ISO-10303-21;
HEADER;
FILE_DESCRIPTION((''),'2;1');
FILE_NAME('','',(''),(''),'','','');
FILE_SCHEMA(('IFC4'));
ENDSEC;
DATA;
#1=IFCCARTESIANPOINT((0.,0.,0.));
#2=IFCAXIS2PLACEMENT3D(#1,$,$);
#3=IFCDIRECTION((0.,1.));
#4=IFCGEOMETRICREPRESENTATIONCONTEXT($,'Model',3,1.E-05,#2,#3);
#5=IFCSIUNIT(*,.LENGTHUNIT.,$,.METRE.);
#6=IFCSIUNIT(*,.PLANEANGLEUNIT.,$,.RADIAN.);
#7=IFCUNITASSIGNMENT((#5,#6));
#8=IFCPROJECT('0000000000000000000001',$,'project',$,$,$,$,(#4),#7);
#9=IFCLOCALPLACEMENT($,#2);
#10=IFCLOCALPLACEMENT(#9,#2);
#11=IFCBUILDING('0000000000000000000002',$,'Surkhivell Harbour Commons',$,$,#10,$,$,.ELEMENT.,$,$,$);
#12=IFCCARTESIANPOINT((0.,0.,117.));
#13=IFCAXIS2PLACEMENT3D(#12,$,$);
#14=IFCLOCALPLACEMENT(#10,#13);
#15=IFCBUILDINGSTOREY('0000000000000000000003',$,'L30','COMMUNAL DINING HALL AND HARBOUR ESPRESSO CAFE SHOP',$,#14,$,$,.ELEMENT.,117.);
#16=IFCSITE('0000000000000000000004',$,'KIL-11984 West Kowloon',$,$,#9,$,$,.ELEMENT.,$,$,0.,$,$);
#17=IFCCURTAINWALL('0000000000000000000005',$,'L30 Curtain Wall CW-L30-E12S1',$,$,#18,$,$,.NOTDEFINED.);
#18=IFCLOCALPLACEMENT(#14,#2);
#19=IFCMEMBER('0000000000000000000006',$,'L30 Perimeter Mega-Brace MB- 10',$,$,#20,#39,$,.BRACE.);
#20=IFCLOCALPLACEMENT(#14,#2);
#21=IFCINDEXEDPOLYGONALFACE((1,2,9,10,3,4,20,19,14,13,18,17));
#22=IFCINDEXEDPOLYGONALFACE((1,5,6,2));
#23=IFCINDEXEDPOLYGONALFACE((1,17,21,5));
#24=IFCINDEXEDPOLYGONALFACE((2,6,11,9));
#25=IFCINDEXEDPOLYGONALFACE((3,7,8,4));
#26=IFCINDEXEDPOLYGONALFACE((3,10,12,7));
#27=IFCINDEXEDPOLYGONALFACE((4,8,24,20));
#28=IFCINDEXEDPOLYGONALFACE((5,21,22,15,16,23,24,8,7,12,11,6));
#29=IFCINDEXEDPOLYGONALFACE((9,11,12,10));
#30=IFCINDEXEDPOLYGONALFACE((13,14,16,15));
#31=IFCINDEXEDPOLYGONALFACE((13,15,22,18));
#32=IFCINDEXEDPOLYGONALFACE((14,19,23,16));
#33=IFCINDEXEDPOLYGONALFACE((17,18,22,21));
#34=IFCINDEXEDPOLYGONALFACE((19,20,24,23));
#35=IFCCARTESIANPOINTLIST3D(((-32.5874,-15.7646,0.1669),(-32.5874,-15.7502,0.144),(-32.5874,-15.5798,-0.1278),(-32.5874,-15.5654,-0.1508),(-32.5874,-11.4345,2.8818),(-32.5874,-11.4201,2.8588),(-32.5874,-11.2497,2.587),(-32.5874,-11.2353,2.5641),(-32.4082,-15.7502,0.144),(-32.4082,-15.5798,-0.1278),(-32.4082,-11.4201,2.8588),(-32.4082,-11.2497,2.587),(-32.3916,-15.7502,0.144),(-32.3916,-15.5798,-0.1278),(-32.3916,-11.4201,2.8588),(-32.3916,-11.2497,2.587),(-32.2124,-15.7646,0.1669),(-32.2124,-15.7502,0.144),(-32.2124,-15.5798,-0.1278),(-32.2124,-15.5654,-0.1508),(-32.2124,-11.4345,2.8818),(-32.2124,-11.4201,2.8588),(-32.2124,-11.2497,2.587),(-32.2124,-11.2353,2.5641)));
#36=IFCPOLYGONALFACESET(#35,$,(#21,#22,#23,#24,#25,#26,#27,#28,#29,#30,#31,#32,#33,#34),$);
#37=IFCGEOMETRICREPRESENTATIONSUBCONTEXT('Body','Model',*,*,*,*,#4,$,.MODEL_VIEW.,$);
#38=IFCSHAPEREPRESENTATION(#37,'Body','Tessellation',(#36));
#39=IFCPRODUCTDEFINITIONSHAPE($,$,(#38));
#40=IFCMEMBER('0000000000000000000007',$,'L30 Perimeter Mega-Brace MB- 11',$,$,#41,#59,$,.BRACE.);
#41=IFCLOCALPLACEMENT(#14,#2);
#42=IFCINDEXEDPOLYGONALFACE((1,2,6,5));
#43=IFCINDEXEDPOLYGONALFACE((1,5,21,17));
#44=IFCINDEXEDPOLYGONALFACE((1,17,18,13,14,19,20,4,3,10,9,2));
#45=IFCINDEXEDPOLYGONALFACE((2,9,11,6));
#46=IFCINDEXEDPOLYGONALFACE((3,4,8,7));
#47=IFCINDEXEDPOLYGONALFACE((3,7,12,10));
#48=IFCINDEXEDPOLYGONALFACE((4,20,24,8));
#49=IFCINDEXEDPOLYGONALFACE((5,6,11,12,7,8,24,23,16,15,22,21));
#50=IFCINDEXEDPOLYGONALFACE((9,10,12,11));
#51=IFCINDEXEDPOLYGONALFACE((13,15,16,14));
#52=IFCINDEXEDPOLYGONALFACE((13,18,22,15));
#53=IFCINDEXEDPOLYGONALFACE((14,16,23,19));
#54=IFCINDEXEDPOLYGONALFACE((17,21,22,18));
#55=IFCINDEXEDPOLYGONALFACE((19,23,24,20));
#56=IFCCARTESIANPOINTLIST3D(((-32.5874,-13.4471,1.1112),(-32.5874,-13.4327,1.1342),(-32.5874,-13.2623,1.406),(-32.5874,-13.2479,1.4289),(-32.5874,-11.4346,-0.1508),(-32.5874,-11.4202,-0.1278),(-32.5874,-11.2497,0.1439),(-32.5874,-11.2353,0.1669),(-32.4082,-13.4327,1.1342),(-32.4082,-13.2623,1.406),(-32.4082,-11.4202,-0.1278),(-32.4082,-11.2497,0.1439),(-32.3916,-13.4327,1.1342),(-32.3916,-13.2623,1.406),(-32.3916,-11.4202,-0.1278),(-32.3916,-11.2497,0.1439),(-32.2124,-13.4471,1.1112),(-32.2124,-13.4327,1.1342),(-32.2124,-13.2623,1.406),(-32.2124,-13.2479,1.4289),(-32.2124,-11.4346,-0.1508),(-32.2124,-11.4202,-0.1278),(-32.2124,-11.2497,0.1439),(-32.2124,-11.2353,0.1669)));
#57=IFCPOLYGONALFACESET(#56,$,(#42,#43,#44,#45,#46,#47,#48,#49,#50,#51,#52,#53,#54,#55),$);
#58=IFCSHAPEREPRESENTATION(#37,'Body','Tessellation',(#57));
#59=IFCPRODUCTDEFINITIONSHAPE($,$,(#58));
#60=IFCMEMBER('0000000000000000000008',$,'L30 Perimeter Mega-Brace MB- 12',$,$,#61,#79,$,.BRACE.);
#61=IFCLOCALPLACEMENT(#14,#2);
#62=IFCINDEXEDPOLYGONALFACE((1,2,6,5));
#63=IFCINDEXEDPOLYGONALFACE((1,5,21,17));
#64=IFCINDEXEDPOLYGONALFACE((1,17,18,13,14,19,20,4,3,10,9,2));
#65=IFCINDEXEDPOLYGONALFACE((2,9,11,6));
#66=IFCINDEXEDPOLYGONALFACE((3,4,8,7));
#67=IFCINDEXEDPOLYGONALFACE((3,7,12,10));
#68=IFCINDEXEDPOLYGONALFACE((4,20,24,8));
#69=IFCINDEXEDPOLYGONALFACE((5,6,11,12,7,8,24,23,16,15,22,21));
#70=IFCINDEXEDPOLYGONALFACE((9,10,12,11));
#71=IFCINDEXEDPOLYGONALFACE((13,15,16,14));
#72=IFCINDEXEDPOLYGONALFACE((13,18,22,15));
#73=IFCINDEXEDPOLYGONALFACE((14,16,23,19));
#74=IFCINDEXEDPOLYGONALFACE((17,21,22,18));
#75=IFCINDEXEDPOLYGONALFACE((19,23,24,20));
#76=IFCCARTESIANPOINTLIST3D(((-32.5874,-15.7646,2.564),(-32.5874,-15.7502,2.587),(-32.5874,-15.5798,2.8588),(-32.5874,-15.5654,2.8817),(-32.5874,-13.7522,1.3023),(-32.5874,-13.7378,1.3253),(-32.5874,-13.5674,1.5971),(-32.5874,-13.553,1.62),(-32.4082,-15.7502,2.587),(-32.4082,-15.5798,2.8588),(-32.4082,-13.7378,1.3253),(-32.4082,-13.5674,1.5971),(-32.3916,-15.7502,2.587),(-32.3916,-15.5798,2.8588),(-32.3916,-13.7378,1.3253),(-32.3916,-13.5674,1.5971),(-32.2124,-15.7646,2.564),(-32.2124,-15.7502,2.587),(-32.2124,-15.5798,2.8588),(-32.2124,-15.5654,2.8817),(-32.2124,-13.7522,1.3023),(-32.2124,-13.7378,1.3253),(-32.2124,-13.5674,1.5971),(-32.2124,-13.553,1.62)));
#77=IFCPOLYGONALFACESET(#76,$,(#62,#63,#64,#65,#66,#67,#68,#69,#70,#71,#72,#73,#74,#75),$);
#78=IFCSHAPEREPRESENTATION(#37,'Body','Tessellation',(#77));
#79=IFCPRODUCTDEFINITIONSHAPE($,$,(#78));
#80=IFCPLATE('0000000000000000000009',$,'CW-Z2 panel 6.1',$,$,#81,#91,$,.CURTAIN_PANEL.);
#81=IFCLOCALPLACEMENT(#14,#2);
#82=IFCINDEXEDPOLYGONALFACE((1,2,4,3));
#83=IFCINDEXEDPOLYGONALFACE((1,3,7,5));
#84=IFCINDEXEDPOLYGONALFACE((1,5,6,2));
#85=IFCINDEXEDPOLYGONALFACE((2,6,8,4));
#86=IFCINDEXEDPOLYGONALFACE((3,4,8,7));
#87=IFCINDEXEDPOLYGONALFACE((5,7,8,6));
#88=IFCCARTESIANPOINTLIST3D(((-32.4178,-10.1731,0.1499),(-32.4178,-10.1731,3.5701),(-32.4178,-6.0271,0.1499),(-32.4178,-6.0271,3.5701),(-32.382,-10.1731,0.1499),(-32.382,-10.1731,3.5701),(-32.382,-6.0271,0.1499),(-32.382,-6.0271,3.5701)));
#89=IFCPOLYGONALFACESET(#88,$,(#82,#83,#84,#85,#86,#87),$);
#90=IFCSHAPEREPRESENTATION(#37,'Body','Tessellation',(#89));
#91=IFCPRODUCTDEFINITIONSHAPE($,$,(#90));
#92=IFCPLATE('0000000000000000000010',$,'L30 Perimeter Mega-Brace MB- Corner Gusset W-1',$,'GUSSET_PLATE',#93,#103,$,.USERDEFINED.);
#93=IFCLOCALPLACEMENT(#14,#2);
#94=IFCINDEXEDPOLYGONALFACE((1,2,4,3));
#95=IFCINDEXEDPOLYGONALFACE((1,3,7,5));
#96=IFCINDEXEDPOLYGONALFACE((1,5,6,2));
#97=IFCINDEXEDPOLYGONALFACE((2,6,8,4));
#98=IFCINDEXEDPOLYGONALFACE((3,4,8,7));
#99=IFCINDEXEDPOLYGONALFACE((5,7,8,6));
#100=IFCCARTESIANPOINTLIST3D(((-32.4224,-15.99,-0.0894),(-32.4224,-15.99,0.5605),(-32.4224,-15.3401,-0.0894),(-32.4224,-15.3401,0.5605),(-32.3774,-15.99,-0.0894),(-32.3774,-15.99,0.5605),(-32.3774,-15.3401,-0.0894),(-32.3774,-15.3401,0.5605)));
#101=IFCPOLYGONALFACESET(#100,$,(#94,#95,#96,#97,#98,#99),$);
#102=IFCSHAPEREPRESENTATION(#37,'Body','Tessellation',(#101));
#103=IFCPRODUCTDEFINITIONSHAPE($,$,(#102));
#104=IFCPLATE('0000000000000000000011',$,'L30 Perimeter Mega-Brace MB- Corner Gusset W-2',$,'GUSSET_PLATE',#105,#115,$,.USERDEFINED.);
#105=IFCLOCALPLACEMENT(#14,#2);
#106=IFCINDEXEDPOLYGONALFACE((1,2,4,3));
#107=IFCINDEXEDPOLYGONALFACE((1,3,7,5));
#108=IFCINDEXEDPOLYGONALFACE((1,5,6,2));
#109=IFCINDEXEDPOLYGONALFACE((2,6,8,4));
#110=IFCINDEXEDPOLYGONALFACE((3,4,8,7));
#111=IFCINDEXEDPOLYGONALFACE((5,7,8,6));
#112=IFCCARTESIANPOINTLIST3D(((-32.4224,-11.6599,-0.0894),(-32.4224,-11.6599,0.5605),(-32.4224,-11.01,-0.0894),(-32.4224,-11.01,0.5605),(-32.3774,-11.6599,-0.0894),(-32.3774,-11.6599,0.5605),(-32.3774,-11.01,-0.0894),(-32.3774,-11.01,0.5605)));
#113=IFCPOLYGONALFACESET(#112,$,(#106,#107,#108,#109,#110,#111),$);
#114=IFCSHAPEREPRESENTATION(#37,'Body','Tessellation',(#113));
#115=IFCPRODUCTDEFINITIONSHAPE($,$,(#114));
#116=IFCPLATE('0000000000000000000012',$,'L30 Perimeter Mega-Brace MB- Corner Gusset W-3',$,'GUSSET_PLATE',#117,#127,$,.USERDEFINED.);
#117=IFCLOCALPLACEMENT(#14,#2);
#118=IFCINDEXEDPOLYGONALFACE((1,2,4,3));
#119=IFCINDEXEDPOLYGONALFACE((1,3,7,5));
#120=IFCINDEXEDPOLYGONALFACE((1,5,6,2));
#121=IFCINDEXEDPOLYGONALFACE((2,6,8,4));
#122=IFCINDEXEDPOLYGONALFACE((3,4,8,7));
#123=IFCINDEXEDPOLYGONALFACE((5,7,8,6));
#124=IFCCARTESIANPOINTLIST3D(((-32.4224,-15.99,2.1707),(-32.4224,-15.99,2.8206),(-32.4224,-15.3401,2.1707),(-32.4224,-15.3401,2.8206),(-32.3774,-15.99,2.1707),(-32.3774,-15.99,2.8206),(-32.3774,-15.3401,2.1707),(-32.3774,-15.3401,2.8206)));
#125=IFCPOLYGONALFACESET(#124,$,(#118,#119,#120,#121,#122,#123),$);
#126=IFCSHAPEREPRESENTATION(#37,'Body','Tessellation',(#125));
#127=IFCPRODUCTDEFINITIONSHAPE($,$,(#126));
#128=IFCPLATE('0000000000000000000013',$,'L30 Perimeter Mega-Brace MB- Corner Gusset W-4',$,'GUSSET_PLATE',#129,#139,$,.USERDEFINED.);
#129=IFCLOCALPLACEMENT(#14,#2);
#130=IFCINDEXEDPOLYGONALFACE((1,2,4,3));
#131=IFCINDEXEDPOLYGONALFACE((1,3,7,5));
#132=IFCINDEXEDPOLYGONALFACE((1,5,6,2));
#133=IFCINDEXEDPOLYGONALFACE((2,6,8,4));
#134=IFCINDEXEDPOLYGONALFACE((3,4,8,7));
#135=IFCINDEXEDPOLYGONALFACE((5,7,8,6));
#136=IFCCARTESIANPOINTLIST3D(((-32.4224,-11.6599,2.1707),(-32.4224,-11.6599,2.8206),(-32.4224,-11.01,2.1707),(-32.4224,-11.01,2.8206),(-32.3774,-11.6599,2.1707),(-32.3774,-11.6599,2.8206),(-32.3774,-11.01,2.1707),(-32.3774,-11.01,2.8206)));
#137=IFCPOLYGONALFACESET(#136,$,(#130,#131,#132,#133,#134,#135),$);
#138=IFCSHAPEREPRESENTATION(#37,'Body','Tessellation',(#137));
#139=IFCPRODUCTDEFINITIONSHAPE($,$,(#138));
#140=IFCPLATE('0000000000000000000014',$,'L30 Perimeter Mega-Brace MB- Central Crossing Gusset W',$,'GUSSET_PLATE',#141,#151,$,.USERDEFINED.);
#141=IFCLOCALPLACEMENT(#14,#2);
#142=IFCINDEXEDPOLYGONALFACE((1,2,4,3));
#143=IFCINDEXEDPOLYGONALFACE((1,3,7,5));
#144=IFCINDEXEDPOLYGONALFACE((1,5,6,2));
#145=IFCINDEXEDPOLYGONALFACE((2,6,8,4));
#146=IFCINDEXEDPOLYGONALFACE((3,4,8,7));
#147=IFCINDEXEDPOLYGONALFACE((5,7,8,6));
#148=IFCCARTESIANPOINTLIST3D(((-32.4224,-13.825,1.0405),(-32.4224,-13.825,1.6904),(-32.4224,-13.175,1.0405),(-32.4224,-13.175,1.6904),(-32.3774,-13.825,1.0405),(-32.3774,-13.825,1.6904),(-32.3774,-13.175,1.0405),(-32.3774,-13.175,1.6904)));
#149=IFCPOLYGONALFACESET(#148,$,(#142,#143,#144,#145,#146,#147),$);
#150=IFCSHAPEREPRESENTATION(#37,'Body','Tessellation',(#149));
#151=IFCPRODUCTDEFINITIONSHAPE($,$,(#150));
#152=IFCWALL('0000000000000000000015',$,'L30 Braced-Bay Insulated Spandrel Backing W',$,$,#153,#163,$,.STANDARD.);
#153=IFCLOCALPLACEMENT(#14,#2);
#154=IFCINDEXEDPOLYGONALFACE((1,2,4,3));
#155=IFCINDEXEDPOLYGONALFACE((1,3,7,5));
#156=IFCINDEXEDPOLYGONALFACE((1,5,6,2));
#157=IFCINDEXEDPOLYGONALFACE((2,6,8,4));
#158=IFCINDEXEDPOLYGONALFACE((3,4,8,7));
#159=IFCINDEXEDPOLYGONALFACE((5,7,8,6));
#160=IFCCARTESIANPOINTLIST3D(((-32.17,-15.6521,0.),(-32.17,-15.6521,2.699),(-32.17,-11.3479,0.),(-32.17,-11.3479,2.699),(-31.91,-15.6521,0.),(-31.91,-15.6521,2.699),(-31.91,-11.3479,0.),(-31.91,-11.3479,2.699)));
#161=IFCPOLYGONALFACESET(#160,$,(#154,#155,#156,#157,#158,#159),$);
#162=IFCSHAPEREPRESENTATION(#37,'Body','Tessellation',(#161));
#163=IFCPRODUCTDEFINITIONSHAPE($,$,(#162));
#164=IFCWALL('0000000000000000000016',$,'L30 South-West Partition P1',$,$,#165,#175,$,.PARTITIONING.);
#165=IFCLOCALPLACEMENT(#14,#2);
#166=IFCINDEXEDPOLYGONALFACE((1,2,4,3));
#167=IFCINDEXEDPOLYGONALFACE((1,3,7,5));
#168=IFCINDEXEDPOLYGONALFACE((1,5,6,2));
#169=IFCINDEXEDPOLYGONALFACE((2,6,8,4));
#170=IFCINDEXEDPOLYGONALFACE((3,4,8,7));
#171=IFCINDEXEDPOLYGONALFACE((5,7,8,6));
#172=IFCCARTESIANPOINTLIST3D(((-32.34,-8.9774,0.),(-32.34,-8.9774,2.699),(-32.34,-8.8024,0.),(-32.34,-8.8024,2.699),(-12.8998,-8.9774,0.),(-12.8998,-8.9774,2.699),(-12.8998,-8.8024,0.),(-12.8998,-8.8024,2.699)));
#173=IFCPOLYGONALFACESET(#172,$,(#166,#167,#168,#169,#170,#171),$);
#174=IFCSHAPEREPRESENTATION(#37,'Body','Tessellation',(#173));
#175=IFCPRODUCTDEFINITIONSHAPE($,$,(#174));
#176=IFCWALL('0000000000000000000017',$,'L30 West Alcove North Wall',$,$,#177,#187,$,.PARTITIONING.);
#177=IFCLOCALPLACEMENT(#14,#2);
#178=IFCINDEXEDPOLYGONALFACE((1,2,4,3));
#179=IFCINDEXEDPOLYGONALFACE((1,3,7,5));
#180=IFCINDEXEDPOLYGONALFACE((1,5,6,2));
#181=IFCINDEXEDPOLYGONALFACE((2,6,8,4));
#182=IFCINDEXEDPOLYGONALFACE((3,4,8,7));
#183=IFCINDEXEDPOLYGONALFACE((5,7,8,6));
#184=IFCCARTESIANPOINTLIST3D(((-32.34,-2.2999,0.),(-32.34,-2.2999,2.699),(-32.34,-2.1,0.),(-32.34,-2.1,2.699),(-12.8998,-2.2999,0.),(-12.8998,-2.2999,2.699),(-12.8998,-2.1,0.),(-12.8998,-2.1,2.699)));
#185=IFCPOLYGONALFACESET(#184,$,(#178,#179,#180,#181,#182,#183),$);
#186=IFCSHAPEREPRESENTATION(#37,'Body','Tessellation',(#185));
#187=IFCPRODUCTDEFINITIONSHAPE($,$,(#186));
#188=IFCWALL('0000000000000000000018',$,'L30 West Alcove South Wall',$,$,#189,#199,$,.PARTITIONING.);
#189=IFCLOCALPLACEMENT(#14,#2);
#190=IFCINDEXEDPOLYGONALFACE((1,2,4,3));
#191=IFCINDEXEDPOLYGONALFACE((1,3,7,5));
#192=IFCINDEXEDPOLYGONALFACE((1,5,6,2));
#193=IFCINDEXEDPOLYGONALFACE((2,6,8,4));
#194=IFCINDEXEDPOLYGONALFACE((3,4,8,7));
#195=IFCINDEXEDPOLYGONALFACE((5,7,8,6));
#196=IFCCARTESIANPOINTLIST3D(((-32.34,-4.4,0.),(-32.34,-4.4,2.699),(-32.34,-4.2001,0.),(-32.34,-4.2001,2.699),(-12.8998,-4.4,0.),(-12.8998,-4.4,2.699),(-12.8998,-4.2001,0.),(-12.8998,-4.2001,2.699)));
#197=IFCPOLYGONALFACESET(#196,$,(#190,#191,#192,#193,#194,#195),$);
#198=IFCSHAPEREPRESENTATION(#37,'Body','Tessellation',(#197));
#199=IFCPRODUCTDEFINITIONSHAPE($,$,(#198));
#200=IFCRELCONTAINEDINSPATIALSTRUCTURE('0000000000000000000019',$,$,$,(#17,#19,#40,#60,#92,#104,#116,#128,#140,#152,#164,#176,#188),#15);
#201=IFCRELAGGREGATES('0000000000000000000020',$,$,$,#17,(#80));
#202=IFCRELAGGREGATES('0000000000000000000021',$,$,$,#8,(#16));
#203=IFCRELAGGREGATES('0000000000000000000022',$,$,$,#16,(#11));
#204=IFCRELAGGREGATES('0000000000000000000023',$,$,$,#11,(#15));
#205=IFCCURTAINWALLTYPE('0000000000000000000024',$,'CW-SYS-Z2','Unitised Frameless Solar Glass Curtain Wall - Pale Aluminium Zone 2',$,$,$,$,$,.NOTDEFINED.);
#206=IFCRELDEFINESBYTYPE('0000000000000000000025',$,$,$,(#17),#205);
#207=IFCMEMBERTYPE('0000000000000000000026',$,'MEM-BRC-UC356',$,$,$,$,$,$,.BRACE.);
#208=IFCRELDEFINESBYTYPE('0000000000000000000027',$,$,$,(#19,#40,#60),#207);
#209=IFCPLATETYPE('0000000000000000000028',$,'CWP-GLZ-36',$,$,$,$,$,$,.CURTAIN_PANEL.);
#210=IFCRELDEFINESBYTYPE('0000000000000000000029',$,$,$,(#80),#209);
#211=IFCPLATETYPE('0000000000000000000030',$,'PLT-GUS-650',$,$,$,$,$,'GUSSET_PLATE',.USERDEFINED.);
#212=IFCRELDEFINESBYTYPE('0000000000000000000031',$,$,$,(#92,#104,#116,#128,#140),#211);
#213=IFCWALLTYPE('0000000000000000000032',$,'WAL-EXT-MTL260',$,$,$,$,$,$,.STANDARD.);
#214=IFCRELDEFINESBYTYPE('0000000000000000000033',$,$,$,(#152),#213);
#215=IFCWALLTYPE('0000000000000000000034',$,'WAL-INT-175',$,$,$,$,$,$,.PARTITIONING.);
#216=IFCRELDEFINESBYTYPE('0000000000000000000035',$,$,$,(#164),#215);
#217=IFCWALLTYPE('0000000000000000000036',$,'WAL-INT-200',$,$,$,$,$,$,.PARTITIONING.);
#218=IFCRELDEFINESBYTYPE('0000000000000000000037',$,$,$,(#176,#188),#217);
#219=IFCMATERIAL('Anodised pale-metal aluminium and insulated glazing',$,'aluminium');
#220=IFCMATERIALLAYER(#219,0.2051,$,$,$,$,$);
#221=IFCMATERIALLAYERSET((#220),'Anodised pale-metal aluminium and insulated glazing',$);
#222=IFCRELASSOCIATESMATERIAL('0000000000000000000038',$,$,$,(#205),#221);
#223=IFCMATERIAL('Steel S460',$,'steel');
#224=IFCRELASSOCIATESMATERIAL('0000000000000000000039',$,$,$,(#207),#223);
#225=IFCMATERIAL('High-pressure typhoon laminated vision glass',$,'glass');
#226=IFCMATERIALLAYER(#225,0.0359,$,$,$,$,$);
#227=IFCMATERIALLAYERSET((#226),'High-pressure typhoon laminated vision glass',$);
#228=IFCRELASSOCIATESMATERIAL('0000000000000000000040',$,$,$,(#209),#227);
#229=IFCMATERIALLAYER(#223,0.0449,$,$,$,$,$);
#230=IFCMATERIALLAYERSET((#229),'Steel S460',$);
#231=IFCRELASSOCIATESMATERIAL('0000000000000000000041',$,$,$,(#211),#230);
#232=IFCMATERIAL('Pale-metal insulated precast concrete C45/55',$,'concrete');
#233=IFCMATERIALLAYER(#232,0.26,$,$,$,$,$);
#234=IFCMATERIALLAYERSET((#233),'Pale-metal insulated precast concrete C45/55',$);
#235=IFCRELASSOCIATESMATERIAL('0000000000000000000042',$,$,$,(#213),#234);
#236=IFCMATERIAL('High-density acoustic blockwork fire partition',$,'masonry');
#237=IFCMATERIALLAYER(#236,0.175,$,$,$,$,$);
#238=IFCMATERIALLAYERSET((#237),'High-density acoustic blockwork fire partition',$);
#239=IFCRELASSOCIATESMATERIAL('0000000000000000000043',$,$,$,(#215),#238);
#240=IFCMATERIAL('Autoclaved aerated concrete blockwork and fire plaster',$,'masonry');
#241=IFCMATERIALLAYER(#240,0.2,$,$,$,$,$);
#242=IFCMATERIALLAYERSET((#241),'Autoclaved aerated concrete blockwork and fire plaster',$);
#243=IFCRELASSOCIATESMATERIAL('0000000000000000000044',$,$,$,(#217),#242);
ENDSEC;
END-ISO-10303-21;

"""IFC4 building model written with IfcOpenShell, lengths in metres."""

from ifc_helpers import new_model, si_unit, direction, frame, frame_2d, origin, origin_2d, place, context, subcontext, project, spatial, rectangle, i_section, extrude, material, layer, layer_set, material_profile, profile_set, type_object, element, aggregate, save


model = new_model("IFC4")

# Units and contexts
model_context = context("Model", 3, precision=1e-05, world=origin(), true_north=direction((0.0, 1.0)))
body_context = subcontext(model_context, "Body", "Model", "MODEL_VIEW")
ifc_project = project(units=[si_unit("LENGTHUNIT", "METRE"), si_unit("PLANEANGLEUNIT", "RADIAN")], contexts=[model_context])

# Site, building, storey
site_placement = place(None, origin())
site = spatial("IfcSite", under=ifc_project, at=site_placement, Name="KIL-11984 West Kowloon", CompositionType="ELEMENT", RefElevation=0.0)
building_placement = place(site_placement, origin())
building = spatial("IfcBuilding", under=site, at=building_placement, Name="Surkhivell Harbour Commons", CompositionType="ELEMENT")
storey_placement = place(building_placement, frame((0.0, 0.0, 117.0)))
storey = spatial("IfcBuildingStorey", under=building, at=storey_placement, Name="L30", Description="COMMUNAL DINING HALL AND HARBOUR ESPRESSO CAFE SHOP", CompositionType="ELEMENT", Elevation=117.0)

# Shared definitions
ifc_material_1 = material(Name="Steel S460", Category="steel")

# Curtain wall
ifc_material_2 = material(Name="Anodised pale-metal aluminium and insulated glazing", Category="aluminium")
ifc_layer_1 = layer(ifc_material_2, 0.2051)
ifc_layer_set_1 = layer_set([ifc_layer_1], Name="Anodised pale-metal aluminium and insulated glazing")
curtain_wall_type = type_object("IfcCurtainWallType", Name="CW-SYS-Z2", Description="Unitised Frameless Solar Glass Curtain Wall - Pale Aluminium Zone 2", PredefinedType="NOTDEFINED", material=ifc_layer_set_1)
curtain_wall_placement = place(storey_placement, origin())
curtain_wall = element("IfcCurtainWall", 1, at=curtain_wall_placement, inside=storey, type_object=curtain_wall_type, Name="L30 Curtain Wall CW-L30-E12S1", PredefinedType="NOTDEFINED")

# Members
ifc_material_profile_1 = material_profile(ifc_material_1, i_section(OverallWidth=0.375, OverallDepth=0.375, WebThickness=0.0166, FlangeThickness=0.0271, at=origin_2d()), Name="UC356x368x202")
ifc_profile_set_1 = profile_set([ifc_material_profile_1], Name="Steel S460")
member_type_1 = type_object("IfcMemberType", Name="MEM-BRC-UC356", PredefinedType="BRACE", material=ifc_profile_set_1)
member_1_placement = place(storey_placement, frame((-32.3999, -15.665, 0.0081), z_axis=(0.0, 0.847246, 0.531201), x_axis=(-1.0, 0.0, 0.0)))
element("IfcMember", 2, at=member_1_placement, inside=storey, type_object=member_type_1, Name="L30 Perimeter Mega-Brace MB- 10", PredefinedType="BRACE", context=body_context, shape_type="SweptSolid", body=[
    extrude(i_section(OverallWidth=0.375, OverallDepth=0.375, WebThickness=0.0166, FlangeThickness=0.0271, at=origin_2d()), origin(), (0.0, 0.0, 1.0), 5.1108),
])
member_2_placement = place(storey_placement, frame((-32.3999, -11.335, 0.0081), z_axis=(0.0, -0.847206, 0.531264), x_axis=(1.0, 0.0, 0.0)))
element("IfcMember", 3, at=member_2_placement, inside=storey, type_object=member_type_1, Name="L30 Perimeter Mega-Brace MB- 11", PredefinedType="BRACE", context=body_context, shape_type="SweptSolid", body=[
    extrude(i_section(OverallWidth=0.375, OverallDepth=0.375, WebThickness=0.0166, FlangeThickness=0.0271, at=origin_2d()), origin(), (0.0, 0.0, 1.0), 2.3755),
])
member_3_placement = place(storey_placement, frame((-32.3999, -13.6526, 1.4612), z_axis=(0.0, -0.847253, 0.53119), x_axis=(1.0, 0.0, 0.0)))
element("IfcMember", 4, at=member_3_placement, inside=storey, type_object=member_type_1, Name="L30 Perimeter Mega-Brace MB- 12", PredefinedType="BRACE", context=body_context, shape_type="SweptSolid", body=[
    extrude(i_section(OverallWidth=0.375, OverallDepth=0.375, WebThickness=0.0166, FlangeThickness=0.0271, at=origin_2d()), origin(), (0.0, 0.0, 1.0), 2.3752),
])

# Plate
ifc_material_3 = material(Name="High-pressure typhoon laminated vision glass", Category="glass")
ifc_layer_2 = layer(ifc_material_3, 0.0359)
ifc_layer_set_2 = layer_set([ifc_layer_2], Name="High-pressure typhoon laminated vision glass")
plate_type_1 = type_object("IfcPlateType", Name="CWP-GLZ-36", PredefinedType="CURTAIN_PANEL", material=ifc_layer_set_2)
plate_placement = place(storey_placement, frame((-32.3999, -6.0271, 0.1499), z_axis=(0.0, 0.0, 1.0), x_axis=(0.0, -1.0, 0.0)))
plate = element("IfcPlate", 5, at=plate_placement, type_object=plate_type_1, Name="CW-Z2 panel 6.1", PredefinedType="CURTAIN_PANEL", context=body_context, shape_type="SweptSolid", body=[
    extrude(rectangle(XDim=4.146, YDim=0.0359, at=frame_2d((2.073, 0.0))), origin(), (0.0, 0.0, 1.0), 3.4202),
])
aggregate(curtain_wall, [plate])

# Plates
ifc_layer_3 = layer(ifc_material_1, 0.0449)
ifc_layer_set_3 = layer_set([ifc_layer_3], Name="Steel S460")
plate_type_2 = type_object("IfcPlateType", Name="PLT-GUS-650", ElementType="GUSSET_PLATE", PredefinedType="USERDEFINED", material=ifc_layer_set_3)
for number, where, z_axis, x_axis, name in (
    (6, (-32.3999, -15.665, -0.0894), (0.0, 0.0, 1.0), (0.0, 1.0, 0.0), "L30 Perimeter Mega-Brace MB- Corner Gusset W-1"),
    (7, (-32.3999, -11.335, -0.0894), (0.0, 0.0, 1.0), (0.0, 1.0, 0.0), "L30 Perimeter Mega-Brace MB- Corner Gusset W-2"),
    (8, (-32.3999, -15.665, 2.1707), (0.0, 0.0, 1.0), (0.0, 1.0, 0.0), "L30 Perimeter Mega-Brace MB- Corner Gusset W-3"),
    (9, (-32.3999, -11.335, 2.1707), (0.0, 0.0, 1.0), (0.0, 1.0, 0.0), "L30 Perimeter Mega-Brace MB- Corner Gusset W-4"),
    (10, (-32.3999, -13.5, 1.0405), (0.0, 0.0, 1.0), (0.0, 1.0, 0.0), "L30 Perimeter Mega-Brace MB- Central Crossing Gusset W"),
):
    element("IfcPlate", number, at=place(storey_placement, frame(where, z_axis=z_axis, x_axis=x_axis)), inside=storey, type_object=plate_type_2, Name=name, ObjectType="GUSSET_PLATE", PredefinedType="USERDEFINED", context=body_context, shape_type="SweptSolid", body=[
        extrude(rectangle(XDim=0.6499, YDim=0.0449, at=origin_2d()), origin(), (0.0, 0.0, 1.0), 0.6499),
    ])

# Walls
ifc_material_4 = material(Name="Pale-metal insulated precast concrete C45/55", Category="concrete")
ifc_layer_4 = layer(ifc_material_4, 0.26)
ifc_layer_set_4 = layer_set([ifc_layer_4], Name="Pale-metal insulated precast concrete C45/55")
wall_type_1 = type_object("IfcWallType", Name="WAL-EXT-MTL260", PredefinedType="STANDARD", material=ifc_layer_set_4)
wall_1_placement = place(storey_placement, frame((-32.04, -11.3479, 0.0), z_axis=(0.0, 0.0, 1.0), x_axis=(0.0, -1.0, 0.0)))
element("IfcWall", 11, at=wall_1_placement, inside=storey, type_object=wall_type_1, Name="L30 Braced-Bay Insulated Spandrel Backing W", PredefinedType="STANDARD", context=body_context, shape_type="SweptSolid", body=[
    extrude(rectangle(XDim=4.3042, YDim=0.26, at=frame_2d((2.1521, 0.0))), origin(), (0.0, 0.0, 1.0), 2.699),
])
ifc_material_5 = material(Name="High-density acoustic blockwork fire partition", Category="masonry")
ifc_layer_5 = layer(ifc_material_5, 0.175)
ifc_layer_set_5 = layer_set([ifc_layer_5], Name="High-density acoustic blockwork fire partition")
wall_type_2 = type_object("IfcWallType", Name="WAL-INT-175", PredefinedType="PARTITIONING", material=ifc_layer_set_5)
wall_2_placement = place(storey_placement, frame((-32.3401, -8.8899, 0.0), z_axis=(0.0, 0.0, 1.0), x_axis=(1.0, 0.0, 0.0)))
element("IfcWall", 12, at=wall_2_placement, inside=storey, type_object=wall_type_2, Name="L30 South-West Partition P1", PredefinedType="PARTITIONING", context=body_context, shape_type="SweptSolid", body=[
    extrude(rectangle(XDim=19.4402, YDim=0.175, at=frame_2d((9.7202, 0.0))), origin(), (0.0, 0.0, 1.0), 2.699),
])
ifc_material_6 = material(Name="Autoclaved aerated concrete blockwork and fire plaster", Category="masonry")
ifc_layer_6 = layer(ifc_material_6, 0.2)
ifc_layer_set_6 = layer_set([ifc_layer_6], Name="Autoclaved aerated concrete blockwork and fire plaster")
wall_type_3 = type_object("IfcWallType", Name="WAL-INT-200", PredefinedType="PARTITIONING", material=ifc_layer_set_6)
for number, where, z_axis, x_axis, name in (
    (13, (-32.3401, -2.2, 0.0), (0.0, 0.0, 1.0), (1.0, 0.0, 0.0), "L30 West Alcove North Wall"),
    (14, (-32.3401, -4.3, 0.0), (0.0, 0.0, 1.0), (1.0, 0.0, 0.0), "L30 West Alcove South Wall"),
):
    element("IfcWall", number, at=place(storey_placement, frame(where, z_axis=z_axis, x_axis=x_axis)), inside=storey, type_object=wall_type_3, Name=name, PredefinedType="PARTITIONING", context=body_context, shape_type="SweptSolid", body=[
        extrude(rectangle(XDim=19.4402, YDim=0.2, at=frame_2d((9.7202, 0.0))), origin(), (0.0, 0.0, 1.0), 2.699),
    ])

save(model, "model.ifc")
